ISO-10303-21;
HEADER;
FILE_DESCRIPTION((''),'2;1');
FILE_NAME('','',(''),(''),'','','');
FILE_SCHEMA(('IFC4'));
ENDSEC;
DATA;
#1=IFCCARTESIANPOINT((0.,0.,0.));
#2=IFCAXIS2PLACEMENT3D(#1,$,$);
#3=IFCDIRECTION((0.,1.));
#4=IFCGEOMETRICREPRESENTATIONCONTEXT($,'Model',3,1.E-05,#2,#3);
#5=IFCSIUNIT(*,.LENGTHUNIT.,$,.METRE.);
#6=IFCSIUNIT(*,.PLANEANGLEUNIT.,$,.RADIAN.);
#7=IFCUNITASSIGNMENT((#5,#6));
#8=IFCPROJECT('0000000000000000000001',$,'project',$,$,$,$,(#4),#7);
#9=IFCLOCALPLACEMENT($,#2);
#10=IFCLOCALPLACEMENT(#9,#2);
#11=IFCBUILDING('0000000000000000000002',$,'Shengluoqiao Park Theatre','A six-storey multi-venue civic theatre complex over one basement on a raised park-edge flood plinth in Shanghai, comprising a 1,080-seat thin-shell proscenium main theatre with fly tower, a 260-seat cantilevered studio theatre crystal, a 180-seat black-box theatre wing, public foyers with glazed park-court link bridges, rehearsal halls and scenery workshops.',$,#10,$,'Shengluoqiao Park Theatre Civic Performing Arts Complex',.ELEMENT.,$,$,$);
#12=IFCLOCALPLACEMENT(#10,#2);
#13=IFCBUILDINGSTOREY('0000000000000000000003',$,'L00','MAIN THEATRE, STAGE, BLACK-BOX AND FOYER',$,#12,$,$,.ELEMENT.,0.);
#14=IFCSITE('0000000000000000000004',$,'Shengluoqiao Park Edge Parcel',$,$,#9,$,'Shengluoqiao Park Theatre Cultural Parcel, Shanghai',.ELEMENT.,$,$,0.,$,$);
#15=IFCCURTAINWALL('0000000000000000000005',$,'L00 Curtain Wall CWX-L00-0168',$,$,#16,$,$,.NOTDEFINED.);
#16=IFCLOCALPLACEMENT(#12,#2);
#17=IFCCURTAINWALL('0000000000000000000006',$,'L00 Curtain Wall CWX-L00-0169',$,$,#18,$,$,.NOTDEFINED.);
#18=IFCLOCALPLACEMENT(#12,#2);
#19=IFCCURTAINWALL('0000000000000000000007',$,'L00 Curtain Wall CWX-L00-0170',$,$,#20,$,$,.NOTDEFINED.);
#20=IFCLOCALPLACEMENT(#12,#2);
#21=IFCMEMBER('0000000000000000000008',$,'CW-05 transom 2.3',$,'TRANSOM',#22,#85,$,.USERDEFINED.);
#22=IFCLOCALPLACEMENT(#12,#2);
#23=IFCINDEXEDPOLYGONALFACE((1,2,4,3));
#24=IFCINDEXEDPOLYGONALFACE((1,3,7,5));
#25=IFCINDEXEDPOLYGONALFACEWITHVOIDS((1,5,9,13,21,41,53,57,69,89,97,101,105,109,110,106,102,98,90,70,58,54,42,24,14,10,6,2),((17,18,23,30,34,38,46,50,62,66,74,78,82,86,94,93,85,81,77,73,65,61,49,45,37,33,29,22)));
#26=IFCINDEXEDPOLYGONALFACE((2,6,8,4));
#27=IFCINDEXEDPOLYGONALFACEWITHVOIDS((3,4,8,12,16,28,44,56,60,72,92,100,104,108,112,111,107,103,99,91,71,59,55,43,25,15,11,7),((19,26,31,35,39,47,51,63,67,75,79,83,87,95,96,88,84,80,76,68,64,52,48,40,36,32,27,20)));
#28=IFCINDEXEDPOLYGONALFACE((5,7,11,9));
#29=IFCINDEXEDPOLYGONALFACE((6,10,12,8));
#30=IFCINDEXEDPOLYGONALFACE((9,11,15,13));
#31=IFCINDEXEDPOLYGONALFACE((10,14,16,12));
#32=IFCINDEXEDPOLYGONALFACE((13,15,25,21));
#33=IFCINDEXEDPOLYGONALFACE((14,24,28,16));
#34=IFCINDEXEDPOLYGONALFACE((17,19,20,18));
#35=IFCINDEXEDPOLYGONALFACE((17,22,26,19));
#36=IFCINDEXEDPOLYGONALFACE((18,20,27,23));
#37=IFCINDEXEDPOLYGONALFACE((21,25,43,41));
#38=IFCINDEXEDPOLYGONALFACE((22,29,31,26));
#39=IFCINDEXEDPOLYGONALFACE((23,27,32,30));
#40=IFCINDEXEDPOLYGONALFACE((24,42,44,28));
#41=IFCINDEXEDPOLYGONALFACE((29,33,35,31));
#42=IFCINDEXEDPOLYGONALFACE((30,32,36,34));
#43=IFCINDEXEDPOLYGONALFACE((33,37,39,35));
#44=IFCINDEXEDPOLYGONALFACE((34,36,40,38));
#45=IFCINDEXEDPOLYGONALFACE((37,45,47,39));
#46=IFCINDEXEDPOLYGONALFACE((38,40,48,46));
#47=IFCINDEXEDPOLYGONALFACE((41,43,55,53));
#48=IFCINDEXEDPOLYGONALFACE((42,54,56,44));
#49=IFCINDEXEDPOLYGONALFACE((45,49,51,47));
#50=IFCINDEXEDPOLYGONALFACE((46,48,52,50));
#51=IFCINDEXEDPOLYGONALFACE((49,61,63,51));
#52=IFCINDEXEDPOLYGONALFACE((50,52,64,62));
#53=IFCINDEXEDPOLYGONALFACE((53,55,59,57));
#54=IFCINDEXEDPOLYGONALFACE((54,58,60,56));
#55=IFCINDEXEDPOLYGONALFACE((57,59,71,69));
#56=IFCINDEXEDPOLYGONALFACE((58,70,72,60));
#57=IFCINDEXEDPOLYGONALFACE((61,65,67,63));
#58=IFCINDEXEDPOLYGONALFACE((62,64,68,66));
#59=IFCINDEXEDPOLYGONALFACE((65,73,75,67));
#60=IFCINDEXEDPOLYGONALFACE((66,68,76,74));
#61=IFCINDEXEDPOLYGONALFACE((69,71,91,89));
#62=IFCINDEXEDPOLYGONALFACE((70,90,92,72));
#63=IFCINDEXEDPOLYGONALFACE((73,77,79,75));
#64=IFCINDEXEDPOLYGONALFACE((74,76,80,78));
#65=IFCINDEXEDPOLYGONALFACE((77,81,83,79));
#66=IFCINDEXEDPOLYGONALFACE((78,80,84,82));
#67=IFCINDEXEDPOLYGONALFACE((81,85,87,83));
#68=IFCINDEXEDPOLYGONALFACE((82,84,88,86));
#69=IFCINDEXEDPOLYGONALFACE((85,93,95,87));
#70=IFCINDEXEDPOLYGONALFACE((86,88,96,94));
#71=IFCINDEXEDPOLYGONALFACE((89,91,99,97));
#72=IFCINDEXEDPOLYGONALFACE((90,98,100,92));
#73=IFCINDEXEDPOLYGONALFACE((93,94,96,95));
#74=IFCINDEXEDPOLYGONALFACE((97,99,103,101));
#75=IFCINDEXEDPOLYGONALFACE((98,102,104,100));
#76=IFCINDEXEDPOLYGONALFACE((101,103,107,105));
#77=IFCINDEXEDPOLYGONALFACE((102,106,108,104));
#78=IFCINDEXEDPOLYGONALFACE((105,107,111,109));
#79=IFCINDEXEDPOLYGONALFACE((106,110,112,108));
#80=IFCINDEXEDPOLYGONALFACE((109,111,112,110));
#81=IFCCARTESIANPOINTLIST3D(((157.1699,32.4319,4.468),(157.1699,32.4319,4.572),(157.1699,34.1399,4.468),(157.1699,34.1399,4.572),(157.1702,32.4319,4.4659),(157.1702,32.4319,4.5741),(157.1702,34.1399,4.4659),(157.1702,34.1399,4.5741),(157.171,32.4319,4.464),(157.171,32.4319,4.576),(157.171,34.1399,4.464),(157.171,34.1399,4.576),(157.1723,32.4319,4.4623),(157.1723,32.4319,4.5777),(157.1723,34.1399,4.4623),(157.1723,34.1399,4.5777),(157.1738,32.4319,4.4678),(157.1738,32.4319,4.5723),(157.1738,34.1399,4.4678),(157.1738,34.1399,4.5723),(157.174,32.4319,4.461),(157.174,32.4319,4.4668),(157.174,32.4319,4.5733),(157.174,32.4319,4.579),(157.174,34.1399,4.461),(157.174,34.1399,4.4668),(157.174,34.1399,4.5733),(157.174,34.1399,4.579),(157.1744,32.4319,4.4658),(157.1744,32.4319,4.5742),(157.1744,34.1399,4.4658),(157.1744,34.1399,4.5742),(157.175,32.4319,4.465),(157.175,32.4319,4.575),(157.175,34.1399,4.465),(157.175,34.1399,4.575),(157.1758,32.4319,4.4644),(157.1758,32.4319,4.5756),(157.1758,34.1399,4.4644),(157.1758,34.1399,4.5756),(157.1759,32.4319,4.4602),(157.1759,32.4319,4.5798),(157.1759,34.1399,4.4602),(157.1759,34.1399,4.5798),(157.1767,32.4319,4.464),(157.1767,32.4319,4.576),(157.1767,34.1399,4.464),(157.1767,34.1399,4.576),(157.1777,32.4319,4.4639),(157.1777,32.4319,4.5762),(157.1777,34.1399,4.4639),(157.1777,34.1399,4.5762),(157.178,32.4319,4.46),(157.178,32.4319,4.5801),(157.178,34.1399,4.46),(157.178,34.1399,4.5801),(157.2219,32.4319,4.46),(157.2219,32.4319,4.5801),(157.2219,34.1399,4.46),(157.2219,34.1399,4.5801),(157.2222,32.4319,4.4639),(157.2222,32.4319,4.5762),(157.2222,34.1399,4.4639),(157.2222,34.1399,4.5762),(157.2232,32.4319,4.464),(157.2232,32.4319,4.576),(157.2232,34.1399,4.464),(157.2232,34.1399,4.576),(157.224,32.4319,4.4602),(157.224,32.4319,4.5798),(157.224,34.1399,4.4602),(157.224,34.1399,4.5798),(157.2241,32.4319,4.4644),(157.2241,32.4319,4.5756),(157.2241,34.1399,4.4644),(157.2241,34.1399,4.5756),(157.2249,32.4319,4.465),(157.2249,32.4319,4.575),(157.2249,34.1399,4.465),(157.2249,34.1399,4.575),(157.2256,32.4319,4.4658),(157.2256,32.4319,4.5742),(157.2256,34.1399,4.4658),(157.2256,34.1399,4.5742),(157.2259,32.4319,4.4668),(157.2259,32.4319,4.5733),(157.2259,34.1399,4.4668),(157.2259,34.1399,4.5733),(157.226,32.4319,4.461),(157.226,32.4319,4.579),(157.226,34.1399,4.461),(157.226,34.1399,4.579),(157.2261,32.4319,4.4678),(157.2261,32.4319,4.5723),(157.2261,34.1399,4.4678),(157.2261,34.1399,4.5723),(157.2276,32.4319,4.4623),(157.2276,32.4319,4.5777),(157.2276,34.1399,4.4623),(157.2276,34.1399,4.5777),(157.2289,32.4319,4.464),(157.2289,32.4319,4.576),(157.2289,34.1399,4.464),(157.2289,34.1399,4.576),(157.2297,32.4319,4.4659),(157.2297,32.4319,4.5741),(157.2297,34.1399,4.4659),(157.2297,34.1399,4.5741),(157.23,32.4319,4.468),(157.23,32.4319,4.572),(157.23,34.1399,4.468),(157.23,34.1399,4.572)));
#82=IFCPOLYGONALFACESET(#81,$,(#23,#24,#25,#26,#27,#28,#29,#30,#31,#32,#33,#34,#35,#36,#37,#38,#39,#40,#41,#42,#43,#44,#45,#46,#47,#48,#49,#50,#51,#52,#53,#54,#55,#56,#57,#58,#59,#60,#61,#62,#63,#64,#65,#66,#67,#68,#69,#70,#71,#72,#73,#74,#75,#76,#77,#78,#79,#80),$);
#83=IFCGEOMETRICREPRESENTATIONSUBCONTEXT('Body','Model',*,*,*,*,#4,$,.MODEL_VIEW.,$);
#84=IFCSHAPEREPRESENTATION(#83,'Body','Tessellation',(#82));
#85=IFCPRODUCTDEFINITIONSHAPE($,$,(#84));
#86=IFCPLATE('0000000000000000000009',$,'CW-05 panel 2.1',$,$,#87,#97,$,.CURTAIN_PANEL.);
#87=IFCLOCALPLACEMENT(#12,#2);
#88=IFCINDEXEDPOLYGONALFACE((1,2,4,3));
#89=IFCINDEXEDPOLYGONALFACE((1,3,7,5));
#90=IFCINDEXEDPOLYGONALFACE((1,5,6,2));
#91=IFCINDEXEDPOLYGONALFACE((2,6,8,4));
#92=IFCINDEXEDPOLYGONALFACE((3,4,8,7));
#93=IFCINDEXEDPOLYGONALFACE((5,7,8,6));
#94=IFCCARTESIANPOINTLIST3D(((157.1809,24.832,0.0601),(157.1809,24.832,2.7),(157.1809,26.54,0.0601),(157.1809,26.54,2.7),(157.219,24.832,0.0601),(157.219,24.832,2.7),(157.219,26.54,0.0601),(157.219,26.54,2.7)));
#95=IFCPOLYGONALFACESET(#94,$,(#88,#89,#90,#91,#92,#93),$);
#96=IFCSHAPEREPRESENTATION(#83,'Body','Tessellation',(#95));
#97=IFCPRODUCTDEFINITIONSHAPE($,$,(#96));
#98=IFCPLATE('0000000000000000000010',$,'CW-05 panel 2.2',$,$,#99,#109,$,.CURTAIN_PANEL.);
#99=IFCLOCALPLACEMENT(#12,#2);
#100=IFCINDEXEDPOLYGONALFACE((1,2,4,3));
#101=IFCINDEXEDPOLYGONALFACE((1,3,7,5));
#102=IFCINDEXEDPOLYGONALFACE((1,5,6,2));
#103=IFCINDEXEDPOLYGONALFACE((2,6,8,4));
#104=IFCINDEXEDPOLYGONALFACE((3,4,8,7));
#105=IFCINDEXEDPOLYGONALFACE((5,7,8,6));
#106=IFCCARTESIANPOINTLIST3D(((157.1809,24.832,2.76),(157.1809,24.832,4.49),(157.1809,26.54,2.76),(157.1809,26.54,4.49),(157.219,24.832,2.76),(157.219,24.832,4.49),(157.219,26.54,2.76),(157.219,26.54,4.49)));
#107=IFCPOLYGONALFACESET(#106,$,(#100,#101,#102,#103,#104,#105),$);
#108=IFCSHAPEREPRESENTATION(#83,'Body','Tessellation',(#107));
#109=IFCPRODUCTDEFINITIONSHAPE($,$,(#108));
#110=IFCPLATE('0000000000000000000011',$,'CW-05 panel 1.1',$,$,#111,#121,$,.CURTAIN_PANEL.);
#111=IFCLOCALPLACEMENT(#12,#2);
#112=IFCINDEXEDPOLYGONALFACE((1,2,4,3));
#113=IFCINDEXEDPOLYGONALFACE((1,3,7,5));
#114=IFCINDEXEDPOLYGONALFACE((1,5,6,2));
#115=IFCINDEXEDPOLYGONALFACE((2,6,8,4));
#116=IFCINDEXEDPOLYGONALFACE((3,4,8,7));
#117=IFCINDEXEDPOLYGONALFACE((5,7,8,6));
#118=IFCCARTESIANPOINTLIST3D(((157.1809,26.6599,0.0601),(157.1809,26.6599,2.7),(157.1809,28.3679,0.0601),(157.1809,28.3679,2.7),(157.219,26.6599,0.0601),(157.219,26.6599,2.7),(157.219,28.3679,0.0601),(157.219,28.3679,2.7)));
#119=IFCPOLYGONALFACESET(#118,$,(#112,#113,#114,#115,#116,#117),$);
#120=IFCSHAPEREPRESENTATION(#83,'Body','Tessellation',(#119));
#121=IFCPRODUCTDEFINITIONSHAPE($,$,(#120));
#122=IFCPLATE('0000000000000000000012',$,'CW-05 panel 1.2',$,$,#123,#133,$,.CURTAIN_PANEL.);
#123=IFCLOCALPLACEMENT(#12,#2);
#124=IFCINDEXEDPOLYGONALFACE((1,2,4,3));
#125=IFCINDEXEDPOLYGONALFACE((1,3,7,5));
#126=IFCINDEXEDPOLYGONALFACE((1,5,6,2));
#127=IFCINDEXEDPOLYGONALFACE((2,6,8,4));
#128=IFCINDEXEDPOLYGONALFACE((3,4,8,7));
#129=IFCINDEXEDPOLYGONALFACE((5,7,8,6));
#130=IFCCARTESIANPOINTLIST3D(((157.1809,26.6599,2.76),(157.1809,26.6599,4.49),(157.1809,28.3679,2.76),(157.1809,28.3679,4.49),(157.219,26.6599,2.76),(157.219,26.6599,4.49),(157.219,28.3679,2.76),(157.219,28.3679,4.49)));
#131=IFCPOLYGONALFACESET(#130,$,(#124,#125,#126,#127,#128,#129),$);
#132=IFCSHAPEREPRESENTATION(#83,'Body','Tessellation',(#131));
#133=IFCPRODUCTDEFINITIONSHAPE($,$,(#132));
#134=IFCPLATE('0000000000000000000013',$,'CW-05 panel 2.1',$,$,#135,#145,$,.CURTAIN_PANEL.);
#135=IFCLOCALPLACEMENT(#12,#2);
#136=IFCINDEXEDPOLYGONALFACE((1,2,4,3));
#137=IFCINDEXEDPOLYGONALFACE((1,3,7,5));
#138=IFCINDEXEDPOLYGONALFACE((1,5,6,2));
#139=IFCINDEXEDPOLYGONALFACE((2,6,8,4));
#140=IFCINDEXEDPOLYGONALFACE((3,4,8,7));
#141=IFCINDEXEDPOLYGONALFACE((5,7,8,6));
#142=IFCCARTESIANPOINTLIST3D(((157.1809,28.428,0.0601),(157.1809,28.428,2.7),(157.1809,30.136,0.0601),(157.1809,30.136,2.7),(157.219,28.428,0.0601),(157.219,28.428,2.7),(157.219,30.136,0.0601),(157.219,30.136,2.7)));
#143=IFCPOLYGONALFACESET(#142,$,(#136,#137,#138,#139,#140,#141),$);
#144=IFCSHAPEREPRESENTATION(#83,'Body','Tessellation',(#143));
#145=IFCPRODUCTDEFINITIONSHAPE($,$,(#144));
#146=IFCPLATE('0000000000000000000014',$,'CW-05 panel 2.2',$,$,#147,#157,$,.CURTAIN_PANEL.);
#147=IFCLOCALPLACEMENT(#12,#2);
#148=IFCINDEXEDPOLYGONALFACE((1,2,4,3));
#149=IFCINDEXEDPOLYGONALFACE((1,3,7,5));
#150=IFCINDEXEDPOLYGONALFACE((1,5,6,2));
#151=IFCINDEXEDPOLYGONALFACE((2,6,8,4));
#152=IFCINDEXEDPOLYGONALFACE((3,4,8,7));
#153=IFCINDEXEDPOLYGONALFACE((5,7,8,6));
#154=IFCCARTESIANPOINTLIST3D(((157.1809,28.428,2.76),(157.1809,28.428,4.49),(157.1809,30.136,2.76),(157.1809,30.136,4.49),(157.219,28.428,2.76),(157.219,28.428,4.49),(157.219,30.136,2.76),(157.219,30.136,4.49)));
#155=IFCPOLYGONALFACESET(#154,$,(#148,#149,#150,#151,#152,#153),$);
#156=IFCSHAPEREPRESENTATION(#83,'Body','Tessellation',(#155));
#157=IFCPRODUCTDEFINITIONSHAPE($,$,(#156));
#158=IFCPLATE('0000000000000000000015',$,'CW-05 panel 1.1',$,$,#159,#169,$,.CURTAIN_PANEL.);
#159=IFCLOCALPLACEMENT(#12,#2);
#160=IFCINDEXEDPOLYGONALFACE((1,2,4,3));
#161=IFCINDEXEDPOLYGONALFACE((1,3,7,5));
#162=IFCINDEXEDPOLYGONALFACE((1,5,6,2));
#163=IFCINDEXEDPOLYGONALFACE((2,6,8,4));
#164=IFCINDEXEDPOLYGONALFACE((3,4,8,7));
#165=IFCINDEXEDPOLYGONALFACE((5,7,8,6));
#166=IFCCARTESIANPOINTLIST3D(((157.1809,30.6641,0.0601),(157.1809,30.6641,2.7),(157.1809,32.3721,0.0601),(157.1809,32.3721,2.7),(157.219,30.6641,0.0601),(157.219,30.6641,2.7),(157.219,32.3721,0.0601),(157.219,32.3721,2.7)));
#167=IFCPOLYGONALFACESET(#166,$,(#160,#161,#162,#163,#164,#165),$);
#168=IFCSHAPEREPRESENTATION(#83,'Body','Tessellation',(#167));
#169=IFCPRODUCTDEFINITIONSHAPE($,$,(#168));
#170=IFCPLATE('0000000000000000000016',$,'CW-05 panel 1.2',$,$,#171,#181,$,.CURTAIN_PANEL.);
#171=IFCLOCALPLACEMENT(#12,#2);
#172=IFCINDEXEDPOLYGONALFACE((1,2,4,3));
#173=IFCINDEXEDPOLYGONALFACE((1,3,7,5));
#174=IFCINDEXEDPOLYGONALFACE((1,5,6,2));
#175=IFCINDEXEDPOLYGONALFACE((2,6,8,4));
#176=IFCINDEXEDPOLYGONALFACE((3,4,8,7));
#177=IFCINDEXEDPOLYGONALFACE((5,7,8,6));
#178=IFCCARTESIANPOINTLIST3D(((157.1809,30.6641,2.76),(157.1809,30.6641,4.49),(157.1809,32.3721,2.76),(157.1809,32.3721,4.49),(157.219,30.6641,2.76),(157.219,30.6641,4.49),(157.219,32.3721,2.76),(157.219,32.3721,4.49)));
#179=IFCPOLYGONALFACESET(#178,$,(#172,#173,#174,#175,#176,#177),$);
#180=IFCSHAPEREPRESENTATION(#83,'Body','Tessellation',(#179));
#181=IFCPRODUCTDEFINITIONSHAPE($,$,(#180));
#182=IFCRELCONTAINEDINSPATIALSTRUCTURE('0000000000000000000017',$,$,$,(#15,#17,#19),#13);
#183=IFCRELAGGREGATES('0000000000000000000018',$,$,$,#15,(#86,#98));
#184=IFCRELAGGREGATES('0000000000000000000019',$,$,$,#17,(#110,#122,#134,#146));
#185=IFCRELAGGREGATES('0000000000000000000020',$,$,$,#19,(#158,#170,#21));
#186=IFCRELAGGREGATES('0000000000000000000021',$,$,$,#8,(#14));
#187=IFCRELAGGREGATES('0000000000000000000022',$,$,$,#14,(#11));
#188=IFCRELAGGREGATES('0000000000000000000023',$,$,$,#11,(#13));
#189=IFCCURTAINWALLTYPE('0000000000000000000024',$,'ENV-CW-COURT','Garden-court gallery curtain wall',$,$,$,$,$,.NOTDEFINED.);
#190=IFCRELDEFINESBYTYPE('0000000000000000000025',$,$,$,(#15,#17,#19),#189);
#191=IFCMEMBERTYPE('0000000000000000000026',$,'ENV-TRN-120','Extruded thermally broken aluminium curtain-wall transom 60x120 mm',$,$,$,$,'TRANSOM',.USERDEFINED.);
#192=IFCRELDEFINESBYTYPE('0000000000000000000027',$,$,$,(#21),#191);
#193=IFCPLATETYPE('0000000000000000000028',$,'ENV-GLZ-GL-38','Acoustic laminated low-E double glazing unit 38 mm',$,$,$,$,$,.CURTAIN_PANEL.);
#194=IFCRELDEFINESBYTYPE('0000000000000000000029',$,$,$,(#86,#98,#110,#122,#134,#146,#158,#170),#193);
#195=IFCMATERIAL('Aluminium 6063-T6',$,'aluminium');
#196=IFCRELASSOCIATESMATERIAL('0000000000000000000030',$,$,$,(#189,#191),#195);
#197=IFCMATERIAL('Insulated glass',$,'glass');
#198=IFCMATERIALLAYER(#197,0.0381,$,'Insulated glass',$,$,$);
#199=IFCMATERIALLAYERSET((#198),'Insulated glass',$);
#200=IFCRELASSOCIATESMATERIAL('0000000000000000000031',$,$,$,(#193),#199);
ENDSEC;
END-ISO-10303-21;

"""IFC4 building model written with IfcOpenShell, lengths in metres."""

from ifc_helpers import new_model, si_unit, direction, frame, origin, origin_2d, place, context, subcontext, project, spatial, rectangle, hollow_rectangle, extrude, material, layer, layer_set, material_profile, profile_set, type_object, element, aggregate, save


model = new_model("IFC4")

# Units and contexts
model_context = context("Model", 3, precision=1e-05, world=origin(), true_north=direction((0.0, 1.0)))
body_context = subcontext(model_context, "Body", "Model", "MODEL_VIEW")
ifc_project = project(units=[si_unit("LENGTHUNIT", "METRE"), si_unit("PLANEANGLEUNIT", "RADIAN")], contexts=[model_context])

# Site, building, storey
site_placement = place(None, origin())
site = spatial("IfcSite", under=ifc_project, at=site_placement, Name="Shengluoqiao Park Edge Parcel", LongName="Shengluoqiao Park Theatre Cultural Parcel, Shanghai", CompositionType="ELEMENT", RefElevation=0.0)
building_placement = place(site_placement, origin())
building = spatial("IfcBuilding", under=site, at=building_placement, Name="Shengluoqiao Park Theatre", Description="A six-storey multi-venue civic theatre complex over one basement on a raised park-edge flood plinth in Shanghai, comprising a 1,080-seat thin-shell proscenium main theatre with fly tower, a 260-seat cantilevered studio theatre crystal, a 180-seat black-box theatre wing, public foyers with glazed park-court link bridges, rehearsal halls and scenery workshops.", LongName="Shengluoqiao Park Theatre Civic Performing Arts Complex", CompositionType="ELEMENT")
storey_placement = place(building_placement, origin())
storey = spatial("IfcBuildingStorey", under=building, at=storey_placement, Name="L00", Description="MAIN THEATRE, STAGE, BLACK-BOX AND FOYER", CompositionType="ELEMENT", Elevation=0.0)

# Curtain wall
ifc_material_1 = material(Name="Aluminium 6063-T6", Category="aluminium")
curtain_wall_type = type_object("IfcCurtainWallType", Name="ENV-CW-COURT", Description="Garden-court gallery curtain wall", PredefinedType="NOTDEFINED", material=ifc_material_1)
curtain_wall_1_placement = place(storey_placement, origin())
curtain_wall_1 = element("IfcCurtainWall", 1, at=curtain_wall_1_placement, inside=storey, type_object=curtain_wall_type, Name="L00 Curtain Wall CWX-L00-0168", PredefinedType="NOTDEFINED")

# Curtain walls
curtain_wall_2_placement = place(storey_placement, origin())
curtain_wall_2 = element("IfcCurtainWall", 2, at=curtain_wall_2_placement, inside=storey, type_object=curtain_wall_type, Name="L00 Curtain Wall CWX-L00-0169", PredefinedType="NOTDEFINED")
curtain_wall_3_placement = place(storey_placement, origin())
curtain_wall_3 = element("IfcCurtainWall", 3, at=curtain_wall_3_placement, inside=storey, type_object=curtain_wall_type, Name="L00 Curtain Wall CWX-L00-0170", PredefinedType="NOTDEFINED")

# Member
ifc_material_profile_1 = material_profile(ifc_material_1, hollow_rectangle(XDim=0.0601, YDim=0.1201, WallThickness=0.0039, InnerFilletRadius=0.0039, OuterFilletRadius=0.0081, at=origin_2d()), Name="ALU TRANSOM 120x60x4")
ifc_profile_set_1 = profile_set([ifc_material_profile_1], Name="Aluminium 6063-T6")
member_type_1 = type_object("IfcMemberType", Name="ENV-TRN-120", Description="Extruded thermally broken aluminium curtain-wall transom 60x120 mm", ElementType="TRANSOM", PredefinedType="USERDEFINED", material=ifc_profile_set_1)
member_1_placement = place(storey_placement, frame((157.2, 32.4319, 4.52), z_axis=(0.0, 1.0, 0.0), x_axis=(-1.0, 0.0, 0.0)))
member_1 = element("IfcMember", 4, at=member_1_placement, type_object=member_type_1, Name="CW-05 transom 2.3", ObjectType="TRANSOM", PredefinedType="USERDEFINED", context=body_context, shape_type="SweptSolid", body=[
    extrude(hollow_rectangle(XDim=0.0601, YDim=0.1201, WallThickness=0.0039, InnerFilletRadius=0.0039, OuterFilletRadius=0.0081, at=origin_2d()), origin(), (0.0, 0.0, 1.0), 1.708),
])

# Plates
ifc_material_2 = material(Name="Insulated glass", Category="glass")
ifc_layer_1 = layer(ifc_material_2, 0.0381, Name="Insulated glass")
ifc_layer_set_1 = layer_set([ifc_layer_1], Name="Insulated glass")
plate_type = type_object("IfcPlateType", Name="ENV-GLZ-GL-38", Description="Acoustic laminated low-E double glazing unit 38 mm", PredefinedType="CURTAIN_PANEL", material=ifc_layer_set_1)
plate_1_placement = place(storey_placement, frame((157.2, 25.686, 0.0601), z_axis=(0.0, 0.0, 1.0), x_axis=(0.0, 1.0, 0.0)))
plate_1 = element("IfcPlate", 5, at=plate_1_placement, type_object=plate_type, Name="CW-05 panel 2.1", PredefinedType="CURTAIN_PANEL", context=body_context, shape_type="SweptSolid", body=[
    extrude(rectangle(XDim=1.708, YDim=0.0381, at=origin_2d()), origin(), (0.0, 0.0, 1.0), 2.6399),
])
plate_2_placement = place(storey_placement, frame((157.2, 25.686, 2.76), z_axis=(0.0, 0.0, 1.0), x_axis=(0.0, 1.0, 0.0)))
plate_2 = element("IfcPlate", 6, at=plate_2_placement, type_object=plate_type, Name="CW-05 panel 2.2", PredefinedType="CURTAIN_PANEL", context=body_context, shape_type="SweptSolid", body=[
    extrude(rectangle(XDim=1.708, YDim=0.0381, at=origin_2d()), origin(), (0.0, 0.0, 1.0), 1.73),
])
aggregate(curtain_wall_1, [plate_1, plate_2])
plate_3_placement = place(storey_placement, frame((157.2, 27.5139, 0.0601), z_axis=(0.0, 0.0, 1.0), x_axis=(0.0, 1.0, 0.0)))
plate_3 = element("IfcPlate", 7, at=plate_3_placement, type_object=plate_type, Name="CW-05 panel 1.1", PredefinedType="CURTAIN_PANEL", context=body_context, shape_type="SweptSolid", body=[
    extrude(rectangle(XDim=1.708, YDim=0.0381, at=origin_2d()), origin(), (0.0, 0.0, 1.0), 2.6399),
])
plate_4_placement = place(storey_placement, frame((157.2, 27.5139, 2.76), z_axis=(0.0, 0.0, 1.0), x_axis=(0.0, 1.0, 0.0)))
plate_4 = element("IfcPlate", 8, at=plate_4_placement, type_object=plate_type, Name="CW-05 panel 1.2", PredefinedType="CURTAIN_PANEL", context=body_context, shape_type="SweptSolid", body=[
    extrude(rectangle(XDim=1.708, YDim=0.0381, at=origin_2d()), origin(), (0.0, 0.0, 1.0), 1.73),
])
plate_5_placement = place(storey_placement, frame((157.2, 29.282, 0.0601), z_axis=(0.0, 0.0, 1.0), x_axis=(0.0, 1.0, 0.0)))
plate_5 = element("IfcPlate", 9, at=plate_5_placement, type_object=plate_type, Name="CW-05 panel 2.1", PredefinedType="CURTAIN_PANEL", context=body_context, shape_type="SweptSolid", body=[
    extrude(rectangle(XDim=1.708, YDim=0.0381, at=origin_2d()), origin(), (0.0, 0.0, 1.0), 2.6399),
])
plate_6_placement = place(storey_placement, frame((157.2, 29.282, 2.76), z_axis=(0.0, 0.0, 1.0), x_axis=(0.0, 1.0, 0.0)))
plate_6 = element("IfcPlate", 10, at=plate_6_placement, type_object=plate_type, Name="CW-05 panel 2.2", PredefinedType="CURTAIN_PANEL", context=body_context, shape_type="SweptSolid", body=[
    extrude(rectangle(XDim=1.708, YDim=0.0381, at=origin_2d()), origin(), (0.0, 0.0, 1.0), 1.73),
])
aggregate(curtain_wall_2, [plate_3, plate_4, plate_5, plate_6])
plate_7_placement = place(storey_placement, frame((157.2, 31.5181, 0.0601), z_axis=(0.0, 0.0, 1.0), x_axis=(0.0, 1.0, 0.0)))
plate_7 = element("IfcPlate", 11, at=plate_7_placement, type_object=plate_type, Name="CW-05 panel 1.1", PredefinedType="CURTAIN_PANEL", context=body_context, shape_type="SweptSolid", body=[
    extrude(rectangle(XDim=1.708, YDim=0.0381, at=origin_2d()), origin(), (0.0, 0.0, 1.0), 2.6399),
])
plate_8_placement = place(storey_placement, frame((157.2, 31.5181, 2.76), z_axis=(0.0, 0.0, 1.0), x_axis=(0.0, 1.0, 0.0)))
plate_8 = element("IfcPlate", 12, at=plate_8_placement, type_object=plate_type, Name="CW-05 panel 1.2", PredefinedType="CURTAIN_PANEL", context=body_context, shape_type="SweptSolid", body=[
    extrude(rectangle(XDim=1.708, YDim=0.0381, at=origin_2d()), origin(), (0.0, 0.0, 1.0), 1.73),
])
aggregate(curtain_wall_3, [plate_7, plate_8, member_1])

save(model, "model.ifc")
